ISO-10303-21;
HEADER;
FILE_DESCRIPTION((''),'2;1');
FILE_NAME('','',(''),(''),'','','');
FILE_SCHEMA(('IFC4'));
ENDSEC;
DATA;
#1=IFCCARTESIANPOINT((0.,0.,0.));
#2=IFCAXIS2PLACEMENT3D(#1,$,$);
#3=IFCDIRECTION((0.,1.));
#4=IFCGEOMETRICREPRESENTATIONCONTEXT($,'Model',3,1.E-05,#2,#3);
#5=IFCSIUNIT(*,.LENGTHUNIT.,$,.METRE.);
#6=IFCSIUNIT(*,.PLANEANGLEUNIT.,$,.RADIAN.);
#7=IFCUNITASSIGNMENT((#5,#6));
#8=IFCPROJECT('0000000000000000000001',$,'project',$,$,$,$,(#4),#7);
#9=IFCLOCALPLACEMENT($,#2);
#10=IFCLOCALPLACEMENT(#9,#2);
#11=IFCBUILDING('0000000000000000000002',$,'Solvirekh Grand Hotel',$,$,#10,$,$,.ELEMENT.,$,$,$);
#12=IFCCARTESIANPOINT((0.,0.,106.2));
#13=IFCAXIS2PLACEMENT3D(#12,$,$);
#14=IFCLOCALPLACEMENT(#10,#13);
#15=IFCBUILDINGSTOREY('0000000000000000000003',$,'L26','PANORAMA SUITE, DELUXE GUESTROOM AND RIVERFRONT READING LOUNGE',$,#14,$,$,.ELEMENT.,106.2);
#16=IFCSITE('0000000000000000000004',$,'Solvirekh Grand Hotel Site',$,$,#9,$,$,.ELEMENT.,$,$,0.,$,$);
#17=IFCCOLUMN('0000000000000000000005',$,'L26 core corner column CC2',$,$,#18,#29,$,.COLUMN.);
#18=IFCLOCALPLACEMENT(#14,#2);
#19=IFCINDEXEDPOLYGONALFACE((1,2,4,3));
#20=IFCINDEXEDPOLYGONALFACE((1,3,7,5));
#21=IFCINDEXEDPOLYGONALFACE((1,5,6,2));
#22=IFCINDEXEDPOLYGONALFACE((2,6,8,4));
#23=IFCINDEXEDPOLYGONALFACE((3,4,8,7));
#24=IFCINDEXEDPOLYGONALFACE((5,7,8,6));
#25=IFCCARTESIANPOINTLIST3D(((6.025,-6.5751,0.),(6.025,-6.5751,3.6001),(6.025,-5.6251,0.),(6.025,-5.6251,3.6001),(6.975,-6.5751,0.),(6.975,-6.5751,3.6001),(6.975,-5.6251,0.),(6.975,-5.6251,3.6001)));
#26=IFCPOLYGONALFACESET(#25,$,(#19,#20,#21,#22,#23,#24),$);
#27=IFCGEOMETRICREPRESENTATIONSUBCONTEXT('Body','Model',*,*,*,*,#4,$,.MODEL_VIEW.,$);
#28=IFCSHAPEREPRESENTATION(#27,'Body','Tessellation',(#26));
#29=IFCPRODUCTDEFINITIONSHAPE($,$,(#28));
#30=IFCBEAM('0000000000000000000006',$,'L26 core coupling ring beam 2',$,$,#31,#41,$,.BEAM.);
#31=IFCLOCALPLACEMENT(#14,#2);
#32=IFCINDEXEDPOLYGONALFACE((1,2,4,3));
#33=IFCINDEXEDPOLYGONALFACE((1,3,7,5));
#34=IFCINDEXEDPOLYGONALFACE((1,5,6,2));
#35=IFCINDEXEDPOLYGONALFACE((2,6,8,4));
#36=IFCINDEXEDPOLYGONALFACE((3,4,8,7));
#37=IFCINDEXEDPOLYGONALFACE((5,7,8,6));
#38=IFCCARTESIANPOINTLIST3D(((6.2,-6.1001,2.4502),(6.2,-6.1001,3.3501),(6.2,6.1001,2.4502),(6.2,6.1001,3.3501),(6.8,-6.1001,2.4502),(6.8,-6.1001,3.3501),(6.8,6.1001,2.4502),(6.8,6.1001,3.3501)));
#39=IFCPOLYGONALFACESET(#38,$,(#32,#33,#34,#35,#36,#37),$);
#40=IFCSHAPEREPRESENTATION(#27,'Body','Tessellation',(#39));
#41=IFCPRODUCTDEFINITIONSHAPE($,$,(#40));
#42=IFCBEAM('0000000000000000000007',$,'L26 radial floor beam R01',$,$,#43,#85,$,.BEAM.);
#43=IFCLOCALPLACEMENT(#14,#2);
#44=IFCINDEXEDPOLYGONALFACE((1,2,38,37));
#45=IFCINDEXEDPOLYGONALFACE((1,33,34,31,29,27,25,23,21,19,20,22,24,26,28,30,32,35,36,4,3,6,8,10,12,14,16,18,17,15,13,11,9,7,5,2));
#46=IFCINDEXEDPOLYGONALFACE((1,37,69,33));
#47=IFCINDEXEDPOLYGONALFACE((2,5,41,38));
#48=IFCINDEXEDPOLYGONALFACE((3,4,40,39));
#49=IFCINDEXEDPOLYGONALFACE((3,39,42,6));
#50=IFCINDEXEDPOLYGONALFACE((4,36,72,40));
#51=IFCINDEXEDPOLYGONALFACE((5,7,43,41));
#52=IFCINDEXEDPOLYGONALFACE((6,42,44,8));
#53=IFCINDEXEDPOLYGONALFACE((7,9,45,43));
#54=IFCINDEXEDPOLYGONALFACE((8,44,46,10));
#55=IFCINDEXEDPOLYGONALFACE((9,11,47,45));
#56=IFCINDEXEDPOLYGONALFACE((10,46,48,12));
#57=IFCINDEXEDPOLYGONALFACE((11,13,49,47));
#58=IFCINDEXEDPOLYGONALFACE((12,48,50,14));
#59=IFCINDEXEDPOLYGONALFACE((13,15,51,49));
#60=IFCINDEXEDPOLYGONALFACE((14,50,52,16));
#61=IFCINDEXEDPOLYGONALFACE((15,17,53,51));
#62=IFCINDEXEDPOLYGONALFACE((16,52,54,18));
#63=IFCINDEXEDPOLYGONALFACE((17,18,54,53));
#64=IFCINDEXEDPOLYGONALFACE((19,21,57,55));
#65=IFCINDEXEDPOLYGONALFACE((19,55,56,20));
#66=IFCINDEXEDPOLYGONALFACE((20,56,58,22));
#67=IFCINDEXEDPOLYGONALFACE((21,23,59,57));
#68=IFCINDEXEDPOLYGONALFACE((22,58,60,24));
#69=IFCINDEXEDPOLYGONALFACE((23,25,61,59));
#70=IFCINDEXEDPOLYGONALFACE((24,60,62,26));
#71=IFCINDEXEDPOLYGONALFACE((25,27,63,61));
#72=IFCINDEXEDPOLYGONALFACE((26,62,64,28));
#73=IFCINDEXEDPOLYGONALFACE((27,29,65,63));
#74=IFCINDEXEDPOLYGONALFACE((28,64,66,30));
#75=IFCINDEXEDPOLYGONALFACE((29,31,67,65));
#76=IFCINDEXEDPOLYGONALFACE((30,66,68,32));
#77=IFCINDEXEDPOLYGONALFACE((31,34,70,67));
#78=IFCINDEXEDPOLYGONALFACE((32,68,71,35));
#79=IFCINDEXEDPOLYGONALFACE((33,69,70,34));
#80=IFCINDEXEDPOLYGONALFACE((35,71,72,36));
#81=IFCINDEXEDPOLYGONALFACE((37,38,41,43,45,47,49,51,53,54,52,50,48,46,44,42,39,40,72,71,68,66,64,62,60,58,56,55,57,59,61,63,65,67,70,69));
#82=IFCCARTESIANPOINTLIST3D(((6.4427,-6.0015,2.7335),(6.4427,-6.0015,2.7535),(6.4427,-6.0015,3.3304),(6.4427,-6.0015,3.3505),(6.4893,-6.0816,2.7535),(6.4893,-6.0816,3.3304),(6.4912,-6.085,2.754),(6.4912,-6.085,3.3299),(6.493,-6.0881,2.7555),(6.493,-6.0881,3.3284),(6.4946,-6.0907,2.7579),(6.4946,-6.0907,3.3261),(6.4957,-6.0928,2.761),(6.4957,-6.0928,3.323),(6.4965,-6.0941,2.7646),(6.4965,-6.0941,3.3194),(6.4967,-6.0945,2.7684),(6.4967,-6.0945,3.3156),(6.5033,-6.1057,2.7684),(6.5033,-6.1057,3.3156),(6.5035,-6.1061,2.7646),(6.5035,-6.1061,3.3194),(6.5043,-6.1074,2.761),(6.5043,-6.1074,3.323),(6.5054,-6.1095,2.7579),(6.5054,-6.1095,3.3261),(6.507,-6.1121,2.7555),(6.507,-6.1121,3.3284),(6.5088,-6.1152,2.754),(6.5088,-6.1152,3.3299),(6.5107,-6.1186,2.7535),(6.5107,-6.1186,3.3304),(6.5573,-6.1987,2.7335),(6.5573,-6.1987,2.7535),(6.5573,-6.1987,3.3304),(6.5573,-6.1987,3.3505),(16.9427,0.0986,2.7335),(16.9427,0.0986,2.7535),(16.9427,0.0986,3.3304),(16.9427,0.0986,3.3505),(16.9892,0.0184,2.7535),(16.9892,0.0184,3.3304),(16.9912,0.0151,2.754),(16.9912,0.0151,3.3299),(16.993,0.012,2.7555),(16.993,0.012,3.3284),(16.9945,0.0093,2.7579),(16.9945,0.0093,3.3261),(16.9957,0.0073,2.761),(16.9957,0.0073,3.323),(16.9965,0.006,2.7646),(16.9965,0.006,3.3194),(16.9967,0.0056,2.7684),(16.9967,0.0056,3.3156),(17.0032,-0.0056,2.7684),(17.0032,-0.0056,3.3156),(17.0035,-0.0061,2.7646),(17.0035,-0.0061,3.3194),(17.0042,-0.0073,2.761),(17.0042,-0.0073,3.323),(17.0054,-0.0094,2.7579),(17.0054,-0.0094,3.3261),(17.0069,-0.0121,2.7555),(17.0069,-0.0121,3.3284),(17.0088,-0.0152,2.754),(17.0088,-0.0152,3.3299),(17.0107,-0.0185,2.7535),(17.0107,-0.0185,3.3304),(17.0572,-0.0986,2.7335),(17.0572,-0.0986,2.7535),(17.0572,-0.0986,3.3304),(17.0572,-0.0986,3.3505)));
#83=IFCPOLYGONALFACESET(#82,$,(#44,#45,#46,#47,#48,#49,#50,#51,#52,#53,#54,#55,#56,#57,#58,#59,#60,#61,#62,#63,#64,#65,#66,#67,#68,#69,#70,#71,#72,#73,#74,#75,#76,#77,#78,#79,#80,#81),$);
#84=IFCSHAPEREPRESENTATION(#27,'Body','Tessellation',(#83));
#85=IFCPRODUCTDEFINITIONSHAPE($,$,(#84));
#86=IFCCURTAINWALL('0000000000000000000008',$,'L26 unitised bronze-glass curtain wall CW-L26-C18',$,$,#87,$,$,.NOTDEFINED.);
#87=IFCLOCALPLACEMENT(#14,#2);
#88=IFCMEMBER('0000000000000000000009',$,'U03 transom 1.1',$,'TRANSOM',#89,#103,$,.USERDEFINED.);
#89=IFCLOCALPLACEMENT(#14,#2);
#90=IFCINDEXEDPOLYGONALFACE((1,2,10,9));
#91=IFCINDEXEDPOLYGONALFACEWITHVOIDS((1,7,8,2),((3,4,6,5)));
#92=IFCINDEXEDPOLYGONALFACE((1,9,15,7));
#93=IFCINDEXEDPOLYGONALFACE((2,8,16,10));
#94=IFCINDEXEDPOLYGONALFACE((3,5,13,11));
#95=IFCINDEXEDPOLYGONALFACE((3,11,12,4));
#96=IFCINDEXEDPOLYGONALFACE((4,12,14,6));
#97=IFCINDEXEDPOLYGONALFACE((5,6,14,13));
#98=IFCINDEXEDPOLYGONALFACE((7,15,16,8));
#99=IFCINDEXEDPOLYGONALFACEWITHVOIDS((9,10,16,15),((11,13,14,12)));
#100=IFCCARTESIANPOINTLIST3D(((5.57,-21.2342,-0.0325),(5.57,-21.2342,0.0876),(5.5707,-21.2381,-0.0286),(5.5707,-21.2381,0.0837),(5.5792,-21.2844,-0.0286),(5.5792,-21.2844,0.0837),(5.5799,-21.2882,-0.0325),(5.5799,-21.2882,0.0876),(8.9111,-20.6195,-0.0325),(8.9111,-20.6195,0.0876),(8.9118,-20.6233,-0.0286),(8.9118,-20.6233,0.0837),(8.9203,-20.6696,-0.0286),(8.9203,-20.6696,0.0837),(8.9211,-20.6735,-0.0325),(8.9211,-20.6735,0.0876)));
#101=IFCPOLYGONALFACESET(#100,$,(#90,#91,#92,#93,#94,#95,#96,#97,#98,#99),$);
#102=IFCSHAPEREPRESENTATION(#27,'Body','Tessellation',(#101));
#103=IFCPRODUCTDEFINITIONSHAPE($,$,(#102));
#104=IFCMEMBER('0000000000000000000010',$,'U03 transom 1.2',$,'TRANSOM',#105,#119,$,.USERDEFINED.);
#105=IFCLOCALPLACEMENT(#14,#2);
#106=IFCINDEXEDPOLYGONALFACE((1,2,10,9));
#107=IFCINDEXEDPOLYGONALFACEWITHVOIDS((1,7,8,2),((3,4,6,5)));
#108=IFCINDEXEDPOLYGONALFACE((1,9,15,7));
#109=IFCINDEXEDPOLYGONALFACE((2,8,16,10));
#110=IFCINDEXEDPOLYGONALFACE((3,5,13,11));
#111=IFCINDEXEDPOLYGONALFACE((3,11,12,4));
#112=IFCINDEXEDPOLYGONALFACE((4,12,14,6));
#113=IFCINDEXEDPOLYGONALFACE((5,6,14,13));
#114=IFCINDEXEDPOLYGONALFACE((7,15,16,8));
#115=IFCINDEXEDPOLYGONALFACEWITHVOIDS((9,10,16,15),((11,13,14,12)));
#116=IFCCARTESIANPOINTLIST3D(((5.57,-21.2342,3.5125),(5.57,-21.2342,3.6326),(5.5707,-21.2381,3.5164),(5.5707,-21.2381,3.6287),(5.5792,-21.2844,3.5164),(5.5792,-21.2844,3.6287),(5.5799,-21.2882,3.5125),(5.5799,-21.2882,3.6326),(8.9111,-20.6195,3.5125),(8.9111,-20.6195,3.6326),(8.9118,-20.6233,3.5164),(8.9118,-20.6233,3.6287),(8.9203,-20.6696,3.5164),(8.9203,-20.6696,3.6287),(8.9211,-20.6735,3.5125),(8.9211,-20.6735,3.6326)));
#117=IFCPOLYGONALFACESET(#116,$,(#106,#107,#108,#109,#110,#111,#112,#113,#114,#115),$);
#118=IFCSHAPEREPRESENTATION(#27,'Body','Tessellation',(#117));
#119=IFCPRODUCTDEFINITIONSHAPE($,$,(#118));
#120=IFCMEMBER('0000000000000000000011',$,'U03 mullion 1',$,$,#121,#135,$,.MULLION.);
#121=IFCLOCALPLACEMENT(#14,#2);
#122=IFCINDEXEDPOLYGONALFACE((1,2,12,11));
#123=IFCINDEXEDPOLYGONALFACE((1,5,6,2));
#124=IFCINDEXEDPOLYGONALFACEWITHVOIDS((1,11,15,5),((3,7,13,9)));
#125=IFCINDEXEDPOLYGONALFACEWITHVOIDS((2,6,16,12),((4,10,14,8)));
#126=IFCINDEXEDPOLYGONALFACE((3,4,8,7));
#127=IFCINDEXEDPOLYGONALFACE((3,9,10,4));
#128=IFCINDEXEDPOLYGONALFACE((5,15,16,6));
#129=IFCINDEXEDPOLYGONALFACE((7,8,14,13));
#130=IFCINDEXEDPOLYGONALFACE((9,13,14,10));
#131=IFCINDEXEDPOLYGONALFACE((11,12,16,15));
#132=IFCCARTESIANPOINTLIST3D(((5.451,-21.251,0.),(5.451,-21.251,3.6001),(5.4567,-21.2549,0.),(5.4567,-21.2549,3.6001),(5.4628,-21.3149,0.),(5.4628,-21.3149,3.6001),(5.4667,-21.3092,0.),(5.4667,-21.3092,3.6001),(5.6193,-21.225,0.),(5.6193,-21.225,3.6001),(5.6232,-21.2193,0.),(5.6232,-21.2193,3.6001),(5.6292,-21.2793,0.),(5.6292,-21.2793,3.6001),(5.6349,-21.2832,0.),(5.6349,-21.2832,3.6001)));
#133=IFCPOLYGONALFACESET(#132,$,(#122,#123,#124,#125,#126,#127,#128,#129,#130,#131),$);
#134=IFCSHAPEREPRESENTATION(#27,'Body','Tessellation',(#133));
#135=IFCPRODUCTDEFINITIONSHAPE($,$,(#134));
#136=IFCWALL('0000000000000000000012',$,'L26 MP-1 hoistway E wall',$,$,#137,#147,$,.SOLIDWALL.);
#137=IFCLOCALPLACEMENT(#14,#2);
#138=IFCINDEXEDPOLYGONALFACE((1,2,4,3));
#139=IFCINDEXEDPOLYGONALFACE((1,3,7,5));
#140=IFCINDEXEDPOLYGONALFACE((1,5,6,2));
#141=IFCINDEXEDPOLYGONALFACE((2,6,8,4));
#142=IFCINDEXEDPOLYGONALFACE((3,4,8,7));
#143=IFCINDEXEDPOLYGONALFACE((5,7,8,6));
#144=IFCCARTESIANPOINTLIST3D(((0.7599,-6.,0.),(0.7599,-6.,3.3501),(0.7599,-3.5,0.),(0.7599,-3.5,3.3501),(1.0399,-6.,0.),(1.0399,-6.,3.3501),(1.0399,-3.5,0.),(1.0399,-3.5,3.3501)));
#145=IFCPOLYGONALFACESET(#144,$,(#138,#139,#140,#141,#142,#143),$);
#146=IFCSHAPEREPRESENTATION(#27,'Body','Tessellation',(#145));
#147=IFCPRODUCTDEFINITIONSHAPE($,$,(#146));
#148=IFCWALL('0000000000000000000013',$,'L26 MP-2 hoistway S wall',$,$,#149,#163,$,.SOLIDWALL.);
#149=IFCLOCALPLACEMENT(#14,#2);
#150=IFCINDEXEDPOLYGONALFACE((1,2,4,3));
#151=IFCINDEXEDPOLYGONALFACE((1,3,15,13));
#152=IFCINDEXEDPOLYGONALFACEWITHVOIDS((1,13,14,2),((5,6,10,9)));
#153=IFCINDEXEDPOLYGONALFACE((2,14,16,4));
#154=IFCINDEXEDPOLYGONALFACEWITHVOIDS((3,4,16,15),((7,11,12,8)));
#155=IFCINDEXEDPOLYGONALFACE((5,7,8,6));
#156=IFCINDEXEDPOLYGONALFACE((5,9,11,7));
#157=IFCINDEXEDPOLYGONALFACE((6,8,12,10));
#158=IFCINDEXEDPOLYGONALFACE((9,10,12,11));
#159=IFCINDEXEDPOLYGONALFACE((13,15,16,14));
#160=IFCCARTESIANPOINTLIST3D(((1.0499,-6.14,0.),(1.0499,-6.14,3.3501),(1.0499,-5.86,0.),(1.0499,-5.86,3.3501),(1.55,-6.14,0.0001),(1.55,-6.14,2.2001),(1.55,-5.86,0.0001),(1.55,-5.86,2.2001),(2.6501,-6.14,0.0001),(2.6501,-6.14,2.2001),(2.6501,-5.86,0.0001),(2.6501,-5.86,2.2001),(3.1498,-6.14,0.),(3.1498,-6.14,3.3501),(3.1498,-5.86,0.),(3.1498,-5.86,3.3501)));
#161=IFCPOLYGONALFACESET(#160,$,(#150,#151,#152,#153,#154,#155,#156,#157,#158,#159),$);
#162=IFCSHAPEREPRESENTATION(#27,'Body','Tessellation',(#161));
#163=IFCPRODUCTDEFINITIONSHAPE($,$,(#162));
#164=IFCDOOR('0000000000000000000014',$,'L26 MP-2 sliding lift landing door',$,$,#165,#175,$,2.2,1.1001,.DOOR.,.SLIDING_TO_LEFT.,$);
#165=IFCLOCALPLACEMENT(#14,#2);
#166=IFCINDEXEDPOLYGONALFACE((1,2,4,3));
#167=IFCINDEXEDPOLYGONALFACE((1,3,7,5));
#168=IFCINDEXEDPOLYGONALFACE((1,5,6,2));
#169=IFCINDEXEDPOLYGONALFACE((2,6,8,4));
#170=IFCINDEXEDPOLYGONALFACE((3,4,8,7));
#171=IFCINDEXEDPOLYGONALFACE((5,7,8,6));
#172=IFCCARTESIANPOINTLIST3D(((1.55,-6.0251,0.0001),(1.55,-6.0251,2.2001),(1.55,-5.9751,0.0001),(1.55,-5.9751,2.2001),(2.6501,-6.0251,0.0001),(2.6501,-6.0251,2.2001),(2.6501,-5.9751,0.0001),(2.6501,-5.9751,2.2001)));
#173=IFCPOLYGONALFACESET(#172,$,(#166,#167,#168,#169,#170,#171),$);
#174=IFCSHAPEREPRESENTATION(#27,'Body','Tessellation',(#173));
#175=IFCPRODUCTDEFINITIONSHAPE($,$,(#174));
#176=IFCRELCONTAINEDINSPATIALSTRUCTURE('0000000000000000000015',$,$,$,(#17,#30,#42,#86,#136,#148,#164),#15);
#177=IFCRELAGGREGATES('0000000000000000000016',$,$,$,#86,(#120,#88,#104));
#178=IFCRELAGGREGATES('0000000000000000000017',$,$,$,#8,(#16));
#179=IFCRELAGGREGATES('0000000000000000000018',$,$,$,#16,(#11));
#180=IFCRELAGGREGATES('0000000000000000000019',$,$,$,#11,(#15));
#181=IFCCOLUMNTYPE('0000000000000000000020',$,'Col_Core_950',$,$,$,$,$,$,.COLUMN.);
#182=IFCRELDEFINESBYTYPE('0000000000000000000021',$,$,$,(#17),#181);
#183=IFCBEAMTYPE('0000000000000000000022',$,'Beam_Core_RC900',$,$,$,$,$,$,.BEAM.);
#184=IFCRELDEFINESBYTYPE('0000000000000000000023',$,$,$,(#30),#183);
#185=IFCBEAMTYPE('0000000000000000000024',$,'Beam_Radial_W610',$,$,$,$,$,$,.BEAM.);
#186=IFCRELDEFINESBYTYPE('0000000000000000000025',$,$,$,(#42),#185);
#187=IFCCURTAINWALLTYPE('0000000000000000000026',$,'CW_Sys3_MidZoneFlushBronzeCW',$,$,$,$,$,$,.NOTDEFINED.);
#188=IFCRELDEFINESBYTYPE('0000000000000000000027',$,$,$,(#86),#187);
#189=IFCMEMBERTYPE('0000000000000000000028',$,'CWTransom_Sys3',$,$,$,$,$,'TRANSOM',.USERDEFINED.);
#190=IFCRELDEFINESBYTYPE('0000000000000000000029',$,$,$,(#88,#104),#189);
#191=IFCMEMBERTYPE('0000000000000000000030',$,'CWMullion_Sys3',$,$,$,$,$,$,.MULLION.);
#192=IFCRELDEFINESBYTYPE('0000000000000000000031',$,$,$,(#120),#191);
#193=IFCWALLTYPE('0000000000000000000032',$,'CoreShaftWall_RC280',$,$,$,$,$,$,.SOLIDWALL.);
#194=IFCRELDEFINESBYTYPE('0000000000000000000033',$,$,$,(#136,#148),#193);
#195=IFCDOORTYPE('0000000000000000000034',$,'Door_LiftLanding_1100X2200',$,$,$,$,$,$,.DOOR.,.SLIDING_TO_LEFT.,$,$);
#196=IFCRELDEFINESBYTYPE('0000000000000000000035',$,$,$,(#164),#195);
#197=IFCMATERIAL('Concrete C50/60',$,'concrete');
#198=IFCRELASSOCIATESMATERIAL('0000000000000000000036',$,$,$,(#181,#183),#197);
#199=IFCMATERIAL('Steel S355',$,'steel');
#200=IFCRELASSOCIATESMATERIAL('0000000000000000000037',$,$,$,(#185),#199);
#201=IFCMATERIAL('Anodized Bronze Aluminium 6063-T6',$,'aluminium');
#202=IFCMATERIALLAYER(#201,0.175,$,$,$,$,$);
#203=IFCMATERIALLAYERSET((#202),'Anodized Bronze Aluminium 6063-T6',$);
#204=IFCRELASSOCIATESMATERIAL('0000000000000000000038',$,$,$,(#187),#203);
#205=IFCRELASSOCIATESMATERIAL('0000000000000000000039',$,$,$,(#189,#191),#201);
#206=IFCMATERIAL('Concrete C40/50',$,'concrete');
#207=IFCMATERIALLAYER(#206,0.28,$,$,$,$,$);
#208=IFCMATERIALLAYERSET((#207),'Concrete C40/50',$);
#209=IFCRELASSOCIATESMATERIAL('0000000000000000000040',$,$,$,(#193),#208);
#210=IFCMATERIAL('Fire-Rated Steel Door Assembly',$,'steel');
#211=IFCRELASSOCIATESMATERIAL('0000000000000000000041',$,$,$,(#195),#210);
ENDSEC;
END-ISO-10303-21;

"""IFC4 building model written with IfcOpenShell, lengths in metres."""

from ifc_helpers import new_model, si_unit, direction, frame, frame_2d, origin, origin_2d, place, context, subcontext, project, spatial, rectangle, hollow_rectangle, i_section, extrude, source, transform, mapped, material, layer, layer_set, material_profile, profile_set, type_object, element, fill, aggregate, save


model = new_model("IFC4")

# Units and contexts
model_context = context("Model", 3, precision=1e-05, world=origin(), true_north=direction((0.0, 1.0)))
body_context = subcontext(model_context, "Body", "Model", "MODEL_VIEW")
ifc_project = project(units=[si_unit("LENGTHUNIT", "METRE"), si_unit("PLANEANGLEUNIT", "RADIAN")], contexts=[model_context])

# Site, building, storey
site_placement = place(None, origin())
site = spatial("IfcSite", under=ifc_project, at=site_placement, Name="Solvirekh Grand Hotel Site", CompositionType="ELEMENT", RefElevation=0.0)
building_placement = place(site_placement, origin())
building = spatial("IfcBuilding", under=site, at=building_placement, Name="Solvirekh Grand Hotel", CompositionType="ELEMENT")
storey_placement = place(building_placement, frame((0.0, 0.0, 106.2)))
storey = spatial("IfcBuildingStorey", under=building, at=storey_placement, Name="L26", Description="PANORAMA SUITE, DELUXE GUESTROOM AND RIVERFRONT READING LOUNGE", CompositionType="ELEMENT", Elevation=106.2)

# Column
ifc_material_1 = material(Name="Concrete C50/60", Category="concrete")
ifc_material_profile_1 = material_profile(ifc_material_1, rectangle(XDim=0.95, YDim=0.95, at=origin_2d()), Name="RC 950X950")
ifc_profile_set_1 = profile_set([ifc_material_profile_1], Name="Concrete C50/60")
column_type = type_object("IfcColumnType", Name="Col_Core_950", PredefinedType="COLUMN", material=ifc_profile_set_1)
column_placement = place(storey_placement, frame((6.5, -6.1001, 0.0), z_axis=(0.0, 0.0, 1.0), x_axis=(1.0, 0.0, 0.0)))
element("IfcColumn", 1, at=column_placement, inside=storey, type_object=column_type, Name="L26 core corner column CC2", PredefinedType="COLUMN", context=body_context, shape_type="SweptSolid", body=[
    extrude(rectangle(XDim=0.95, YDim=0.95, at=origin_2d()), origin(), (0.0, 0.0, 1.0), 3.6001),
])

# Beams
ifc_material_profile_2 = material_profile(ifc_material_1, rectangle(XDim=0.6001, YDim=0.8999, at=origin_2d()), Name="RC BEAM 600X900")
ifc_profile_set_2 = profile_set([ifc_material_profile_2], Name="Concrete C50/60")
beam_type_1 = type_object("IfcBeamType", Name="Beam_Core_RC900", PredefinedType="BEAM", material=ifc_profile_set_2)
beam_1_placement = place(storey_placement, frame((6.5, -6.1001, 2.9001), z_axis=(0.0, 1.0, 0.0), x_axis=(-1.0, 0.0, 0.0)))
element("IfcBeam", 2, at=beam_1_placement, inside=storey, type_object=beam_type_1, Name="L26 core coupling ring beam 2", PredefinedType="BEAM", context=body_context, shape_type="SweptSolid", body=[
    extrude(rectangle(XDim=0.6001, YDim=0.8999, at=origin_2d()), origin(), (0.0, 0.0, 1.0), 12.2002),
])
ifc_material_2 = material(Name="Steel S355", Category="steel")
ifc_material_profile_3 = material_profile(ifc_material_2, i_section(OverallWidth=0.228, OverallDepth=0.6169, WebThickness=0.0129, FlangeThickness=0.02, FilletRadius=0.0149, at=origin_2d()), Name="W610X140")
ifc_profile_set_3 = profile_set([ifc_material_profile_3], Name="Steel S355")
beam_type_2 = type_object("IfcBeamType", Name="Beam_Radial_W610", PredefinedType="BEAM", material=ifc_profile_set_3)
beam_2_placement = place(storey_placement, frame((6.5, -6.1001, 3.042), z_axis=(0.86467, 0.50234, 0.0), x_axis=(-0.50234, 0.86467, 0.0)))
element("IfcBeam", 3, at=beam_2_placement, inside=storey, type_object=beam_type_2, Name="L26 radial floor beam R01", PredefinedType="BEAM", context=body_context, shape_type="SweptSolid", body=[
    extrude(i_section(OverallWidth=0.228, OverallDepth=0.6169, WebThickness=0.0129, FlangeThickness=0.02, FilletRadius=0.0149, at=origin_2d()), origin(), (0.0, 0.0, 1.0), 12.1433),
])

# Curtain wall, members
ifc_material_3 = material(Name="Anodized Bronze Aluminium 6063-T6", Category="aluminium")
ifc_layer_1 = layer(ifc_material_3, 0.175)
ifc_layer_set_1 = layer_set([ifc_layer_1], Name="Anodized Bronze Aluminium 6063-T6")
curtain_wall_type = type_object("IfcCurtainWallType", Name="CW_Sys3_MidZoneFlushBronzeCW", PredefinedType="NOTDEFINED", material=ifc_layer_set_1)
curtain_wall_placement = place(storey_placement, origin())
curtain_wall = element("IfcCurtainWall", 4, at=curtain_wall_placement, inside=storey, type_object=curtain_wall_type, Name="L26 unitised bronze-glass curtain wall CW-L26-C18", PredefinedType="NOTDEFINED")
ifc_material_profile_4 = material_profile(ifc_material_3, hollow_rectangle(XDim=0.0549, YDim=0.1201, WallThickness=0.0039, at=origin_2d()), Name="ALU RHS 120X55X4")
ifc_profile_set_4 = profile_set([ifc_material_profile_4], Name="Anodized Bronze Aluminium 6063-T6")
member_type_1 = type_object("IfcMemberType", Name="CWTransom_Sys3", ElementType="TRANSOM", PredefinedType="USERDEFINED", material=ifc_profile_set_4)
shared_shape_1 = source(origin(), body_context, "Body", "SweptSolid", [
    extrude(hollow_rectangle(XDim=0.0549, YDim=0.1201, WallThickness=0.0039, at=origin_2d()), origin(), (0.0, 0.0, 1.0), 3.3972),
])
member_1_placement = place(storey_placement, frame((5.575, -21.2612, 0.0276), z_axis=(0.983491, 0.180959, 0.0), x_axis=(-0.180959, 0.983491, 0.0)))
member_1 = element("IfcMember", 5, at=member_1_placement, type_object=member_type_1, Name="U03 transom 1.1", ObjectType="TRANSOM", PredefinedType="USERDEFINED", context=body_context, shape_type="MappedRepresentation", body=[
    mapped(shared_shape_1, transform((0.0, 0.0, 0.0), x_axis=(1.0, 0.0, 0.0), y_axis=(0.0, 1.0, 0.0), z_axis=(0.0, 0.0, 1.0), scale=1.0)),
])
member_2_placement = place(storey_placement, frame((5.575, -21.2612, 3.5725), z_axis=(0.983491, 0.180959, 0.0), x_axis=(-0.180959, 0.983491, 0.0)))
member_2 = element("IfcMember", 6, at=member_2_placement, type_object=member_type_1, Name="U03 transom 1.2", ObjectType="TRANSOM", PredefinedType="USERDEFINED", context=body_context, shape_type="MappedRepresentation", body=[
    mapped(shared_shape_1, transform((0.0, 0.0, 0.0), x_axis=(1.0, 0.0, 0.0), y_axis=(0.0, 1.0, 0.0), z_axis=(0.0, 0.0, 1.0), scale=1.0)),
])
ifc_material_profile_5 = material_profile(ifc_material_3, hollow_rectangle(XDim=0.0649, YDim=0.175, WallThickness=0.0049, at=origin_2d()), Name="ALU RHS 175X65X5")
ifc_profile_set_5 = profile_set([ifc_material_profile_5], Name="Anodized Bronze Aluminium 6063-T6")
member_type_2 = type_object("IfcMemberType", Name="CWMullion_Sys3", PredefinedType="MULLION", material=ifc_profile_set_5)
shared_shape_2 = source(origin(), body_context, "Body", "SweptSolid", [
    extrude(hollow_rectangle(XDim=0.0649, YDim=0.175, WallThickness=0.0049, at=origin_2d()), origin(), (0.0, 0.0, 1.0), 3.6001),
])
member_3_placement = place(storey_placement, frame((5.543, -21.2671, 0.0), z_axis=(0.0, 0.0, 1.0), x_axis=(-0.180988, 0.983485, 0.0)))
member_3 = element("IfcMember", 7, at=member_3_placement, type_object=member_type_2, Name="U03 mullion 1", PredefinedType="MULLION", context=body_context, shape_type="MappedRepresentation", body=[
    mapped(shared_shape_2, transform((0.0, 0.0, 0.0), x_axis=(1.0, 0.0, 0.0), y_axis=(0.0, 1.0, 0.0), z_axis=(0.0, 0.0, 1.0), scale=1.0)),
])
aggregate(curtain_wall, [member_3, member_1, member_2])

# Wall
ifc_material_4 = material(Name="Concrete C40/50", Category="concrete")
ifc_layer_2 = layer(ifc_material_4, 0.28)
ifc_layer_set_2 = layer_set([ifc_layer_2], Name="Concrete C40/50")
wall_type_1 = type_object("IfcWallType", Name="CoreShaftWall_RC280", PredefinedType="SOLIDWALL", material=ifc_layer_set_2)
wall_1_placement = place(storey_placement, frame((0.8999, -6.0, 0.0), z_axis=(0.0, 0.0, 1.0), x_axis=(0.0, 1.0, 0.0)))
element("IfcWall", 8, at=wall_1_placement, inside=storey, type_object=wall_type_1, Name="L26 MP-1 hoistway E wall", PredefinedType="SOLIDWALL", context=body_context, shape_type="SweptSolid", body=[
    extrude(rectangle(XDim=2.5, YDim=0.28, at=frame_2d((1.25, 0.0))), origin(), (0.0, 0.0, 1.0), 3.3501),
])

# Wall, opening, door
wall_2_placement = place(storey_placement, frame((1.05, -6.0, 0.0), z_axis=(0.0, 0.0, 1.0), x_axis=(1.0, 0.0, 0.0)))
wall_2 = element("IfcWall", 9, at=wall_2_placement, inside=storey, type_object=wall_type_1, Name="L26 MP-2 hoistway S wall", PredefinedType="SOLIDWALL", context=body_context, shape_type="SweptSolid", body=[
    extrude(rectangle(XDim=2.0999, YDim=0.28, at=frame_2d((1.0498, 0.0))), origin(), (0.0, 0.0, 1.0), 3.3501),
])
opening_1_placement = place(wall_2_placement, frame((0.5, 0.0, 0.0)))
opening_1 = element("IfcOpeningElement", 10, at=opening_1_placement, cuts=wall_2, PredefinedType="OPENING", context=body_context, shape_type="SweptSolid", body=[
    extrude(rectangle(XDim=1.1001, YDim=2.2, at=frame_2d((0.55, 1.1001))), frame((0.0, 0.1499, 0.0), z_axis=(0.0, -1.0, 0.0), x_axis=(1.0, 0.0, 0.0)), (0.0, 0.0, 1.0), 0.3),
])
ifc_material_5 = material(Name="Fire-Rated Steel Door Assembly", Category="steel")
door_type_1 = type_object("IfcDoorType", Name="Door_LiftLanding_1100X2200", OperationType="SLIDING_TO_LEFT", PredefinedType="DOOR", material=ifc_material_5)
door_1_placement = place(opening_1_placement, origin())
door_1 = element("IfcDoor", 11, at=door_1_placement, inside=storey, type_object=door_type_1, Name="L26 MP-2 sliding lift landing door", OperationType="SLIDING_TO_LEFT", OverallHeight=2.2, OverallWidth=1.1001, PredefinedType="DOOR", context=body_context, shape_type="SweptSolid", body=[
    extrude(rectangle(XDim=1.1001, YDim=2.2, at=frame_2d((0.55, 1.1001))), frame((0.0, 0.0249, 0.0), z_axis=(0.0, -1.0, 0.0), x_axis=(1.0, 0.0, 0.0)), (0.0, 0.0, 1.0), 0.05),
])
fill(opening_1, door_1)

save(model, "model.ifc")
